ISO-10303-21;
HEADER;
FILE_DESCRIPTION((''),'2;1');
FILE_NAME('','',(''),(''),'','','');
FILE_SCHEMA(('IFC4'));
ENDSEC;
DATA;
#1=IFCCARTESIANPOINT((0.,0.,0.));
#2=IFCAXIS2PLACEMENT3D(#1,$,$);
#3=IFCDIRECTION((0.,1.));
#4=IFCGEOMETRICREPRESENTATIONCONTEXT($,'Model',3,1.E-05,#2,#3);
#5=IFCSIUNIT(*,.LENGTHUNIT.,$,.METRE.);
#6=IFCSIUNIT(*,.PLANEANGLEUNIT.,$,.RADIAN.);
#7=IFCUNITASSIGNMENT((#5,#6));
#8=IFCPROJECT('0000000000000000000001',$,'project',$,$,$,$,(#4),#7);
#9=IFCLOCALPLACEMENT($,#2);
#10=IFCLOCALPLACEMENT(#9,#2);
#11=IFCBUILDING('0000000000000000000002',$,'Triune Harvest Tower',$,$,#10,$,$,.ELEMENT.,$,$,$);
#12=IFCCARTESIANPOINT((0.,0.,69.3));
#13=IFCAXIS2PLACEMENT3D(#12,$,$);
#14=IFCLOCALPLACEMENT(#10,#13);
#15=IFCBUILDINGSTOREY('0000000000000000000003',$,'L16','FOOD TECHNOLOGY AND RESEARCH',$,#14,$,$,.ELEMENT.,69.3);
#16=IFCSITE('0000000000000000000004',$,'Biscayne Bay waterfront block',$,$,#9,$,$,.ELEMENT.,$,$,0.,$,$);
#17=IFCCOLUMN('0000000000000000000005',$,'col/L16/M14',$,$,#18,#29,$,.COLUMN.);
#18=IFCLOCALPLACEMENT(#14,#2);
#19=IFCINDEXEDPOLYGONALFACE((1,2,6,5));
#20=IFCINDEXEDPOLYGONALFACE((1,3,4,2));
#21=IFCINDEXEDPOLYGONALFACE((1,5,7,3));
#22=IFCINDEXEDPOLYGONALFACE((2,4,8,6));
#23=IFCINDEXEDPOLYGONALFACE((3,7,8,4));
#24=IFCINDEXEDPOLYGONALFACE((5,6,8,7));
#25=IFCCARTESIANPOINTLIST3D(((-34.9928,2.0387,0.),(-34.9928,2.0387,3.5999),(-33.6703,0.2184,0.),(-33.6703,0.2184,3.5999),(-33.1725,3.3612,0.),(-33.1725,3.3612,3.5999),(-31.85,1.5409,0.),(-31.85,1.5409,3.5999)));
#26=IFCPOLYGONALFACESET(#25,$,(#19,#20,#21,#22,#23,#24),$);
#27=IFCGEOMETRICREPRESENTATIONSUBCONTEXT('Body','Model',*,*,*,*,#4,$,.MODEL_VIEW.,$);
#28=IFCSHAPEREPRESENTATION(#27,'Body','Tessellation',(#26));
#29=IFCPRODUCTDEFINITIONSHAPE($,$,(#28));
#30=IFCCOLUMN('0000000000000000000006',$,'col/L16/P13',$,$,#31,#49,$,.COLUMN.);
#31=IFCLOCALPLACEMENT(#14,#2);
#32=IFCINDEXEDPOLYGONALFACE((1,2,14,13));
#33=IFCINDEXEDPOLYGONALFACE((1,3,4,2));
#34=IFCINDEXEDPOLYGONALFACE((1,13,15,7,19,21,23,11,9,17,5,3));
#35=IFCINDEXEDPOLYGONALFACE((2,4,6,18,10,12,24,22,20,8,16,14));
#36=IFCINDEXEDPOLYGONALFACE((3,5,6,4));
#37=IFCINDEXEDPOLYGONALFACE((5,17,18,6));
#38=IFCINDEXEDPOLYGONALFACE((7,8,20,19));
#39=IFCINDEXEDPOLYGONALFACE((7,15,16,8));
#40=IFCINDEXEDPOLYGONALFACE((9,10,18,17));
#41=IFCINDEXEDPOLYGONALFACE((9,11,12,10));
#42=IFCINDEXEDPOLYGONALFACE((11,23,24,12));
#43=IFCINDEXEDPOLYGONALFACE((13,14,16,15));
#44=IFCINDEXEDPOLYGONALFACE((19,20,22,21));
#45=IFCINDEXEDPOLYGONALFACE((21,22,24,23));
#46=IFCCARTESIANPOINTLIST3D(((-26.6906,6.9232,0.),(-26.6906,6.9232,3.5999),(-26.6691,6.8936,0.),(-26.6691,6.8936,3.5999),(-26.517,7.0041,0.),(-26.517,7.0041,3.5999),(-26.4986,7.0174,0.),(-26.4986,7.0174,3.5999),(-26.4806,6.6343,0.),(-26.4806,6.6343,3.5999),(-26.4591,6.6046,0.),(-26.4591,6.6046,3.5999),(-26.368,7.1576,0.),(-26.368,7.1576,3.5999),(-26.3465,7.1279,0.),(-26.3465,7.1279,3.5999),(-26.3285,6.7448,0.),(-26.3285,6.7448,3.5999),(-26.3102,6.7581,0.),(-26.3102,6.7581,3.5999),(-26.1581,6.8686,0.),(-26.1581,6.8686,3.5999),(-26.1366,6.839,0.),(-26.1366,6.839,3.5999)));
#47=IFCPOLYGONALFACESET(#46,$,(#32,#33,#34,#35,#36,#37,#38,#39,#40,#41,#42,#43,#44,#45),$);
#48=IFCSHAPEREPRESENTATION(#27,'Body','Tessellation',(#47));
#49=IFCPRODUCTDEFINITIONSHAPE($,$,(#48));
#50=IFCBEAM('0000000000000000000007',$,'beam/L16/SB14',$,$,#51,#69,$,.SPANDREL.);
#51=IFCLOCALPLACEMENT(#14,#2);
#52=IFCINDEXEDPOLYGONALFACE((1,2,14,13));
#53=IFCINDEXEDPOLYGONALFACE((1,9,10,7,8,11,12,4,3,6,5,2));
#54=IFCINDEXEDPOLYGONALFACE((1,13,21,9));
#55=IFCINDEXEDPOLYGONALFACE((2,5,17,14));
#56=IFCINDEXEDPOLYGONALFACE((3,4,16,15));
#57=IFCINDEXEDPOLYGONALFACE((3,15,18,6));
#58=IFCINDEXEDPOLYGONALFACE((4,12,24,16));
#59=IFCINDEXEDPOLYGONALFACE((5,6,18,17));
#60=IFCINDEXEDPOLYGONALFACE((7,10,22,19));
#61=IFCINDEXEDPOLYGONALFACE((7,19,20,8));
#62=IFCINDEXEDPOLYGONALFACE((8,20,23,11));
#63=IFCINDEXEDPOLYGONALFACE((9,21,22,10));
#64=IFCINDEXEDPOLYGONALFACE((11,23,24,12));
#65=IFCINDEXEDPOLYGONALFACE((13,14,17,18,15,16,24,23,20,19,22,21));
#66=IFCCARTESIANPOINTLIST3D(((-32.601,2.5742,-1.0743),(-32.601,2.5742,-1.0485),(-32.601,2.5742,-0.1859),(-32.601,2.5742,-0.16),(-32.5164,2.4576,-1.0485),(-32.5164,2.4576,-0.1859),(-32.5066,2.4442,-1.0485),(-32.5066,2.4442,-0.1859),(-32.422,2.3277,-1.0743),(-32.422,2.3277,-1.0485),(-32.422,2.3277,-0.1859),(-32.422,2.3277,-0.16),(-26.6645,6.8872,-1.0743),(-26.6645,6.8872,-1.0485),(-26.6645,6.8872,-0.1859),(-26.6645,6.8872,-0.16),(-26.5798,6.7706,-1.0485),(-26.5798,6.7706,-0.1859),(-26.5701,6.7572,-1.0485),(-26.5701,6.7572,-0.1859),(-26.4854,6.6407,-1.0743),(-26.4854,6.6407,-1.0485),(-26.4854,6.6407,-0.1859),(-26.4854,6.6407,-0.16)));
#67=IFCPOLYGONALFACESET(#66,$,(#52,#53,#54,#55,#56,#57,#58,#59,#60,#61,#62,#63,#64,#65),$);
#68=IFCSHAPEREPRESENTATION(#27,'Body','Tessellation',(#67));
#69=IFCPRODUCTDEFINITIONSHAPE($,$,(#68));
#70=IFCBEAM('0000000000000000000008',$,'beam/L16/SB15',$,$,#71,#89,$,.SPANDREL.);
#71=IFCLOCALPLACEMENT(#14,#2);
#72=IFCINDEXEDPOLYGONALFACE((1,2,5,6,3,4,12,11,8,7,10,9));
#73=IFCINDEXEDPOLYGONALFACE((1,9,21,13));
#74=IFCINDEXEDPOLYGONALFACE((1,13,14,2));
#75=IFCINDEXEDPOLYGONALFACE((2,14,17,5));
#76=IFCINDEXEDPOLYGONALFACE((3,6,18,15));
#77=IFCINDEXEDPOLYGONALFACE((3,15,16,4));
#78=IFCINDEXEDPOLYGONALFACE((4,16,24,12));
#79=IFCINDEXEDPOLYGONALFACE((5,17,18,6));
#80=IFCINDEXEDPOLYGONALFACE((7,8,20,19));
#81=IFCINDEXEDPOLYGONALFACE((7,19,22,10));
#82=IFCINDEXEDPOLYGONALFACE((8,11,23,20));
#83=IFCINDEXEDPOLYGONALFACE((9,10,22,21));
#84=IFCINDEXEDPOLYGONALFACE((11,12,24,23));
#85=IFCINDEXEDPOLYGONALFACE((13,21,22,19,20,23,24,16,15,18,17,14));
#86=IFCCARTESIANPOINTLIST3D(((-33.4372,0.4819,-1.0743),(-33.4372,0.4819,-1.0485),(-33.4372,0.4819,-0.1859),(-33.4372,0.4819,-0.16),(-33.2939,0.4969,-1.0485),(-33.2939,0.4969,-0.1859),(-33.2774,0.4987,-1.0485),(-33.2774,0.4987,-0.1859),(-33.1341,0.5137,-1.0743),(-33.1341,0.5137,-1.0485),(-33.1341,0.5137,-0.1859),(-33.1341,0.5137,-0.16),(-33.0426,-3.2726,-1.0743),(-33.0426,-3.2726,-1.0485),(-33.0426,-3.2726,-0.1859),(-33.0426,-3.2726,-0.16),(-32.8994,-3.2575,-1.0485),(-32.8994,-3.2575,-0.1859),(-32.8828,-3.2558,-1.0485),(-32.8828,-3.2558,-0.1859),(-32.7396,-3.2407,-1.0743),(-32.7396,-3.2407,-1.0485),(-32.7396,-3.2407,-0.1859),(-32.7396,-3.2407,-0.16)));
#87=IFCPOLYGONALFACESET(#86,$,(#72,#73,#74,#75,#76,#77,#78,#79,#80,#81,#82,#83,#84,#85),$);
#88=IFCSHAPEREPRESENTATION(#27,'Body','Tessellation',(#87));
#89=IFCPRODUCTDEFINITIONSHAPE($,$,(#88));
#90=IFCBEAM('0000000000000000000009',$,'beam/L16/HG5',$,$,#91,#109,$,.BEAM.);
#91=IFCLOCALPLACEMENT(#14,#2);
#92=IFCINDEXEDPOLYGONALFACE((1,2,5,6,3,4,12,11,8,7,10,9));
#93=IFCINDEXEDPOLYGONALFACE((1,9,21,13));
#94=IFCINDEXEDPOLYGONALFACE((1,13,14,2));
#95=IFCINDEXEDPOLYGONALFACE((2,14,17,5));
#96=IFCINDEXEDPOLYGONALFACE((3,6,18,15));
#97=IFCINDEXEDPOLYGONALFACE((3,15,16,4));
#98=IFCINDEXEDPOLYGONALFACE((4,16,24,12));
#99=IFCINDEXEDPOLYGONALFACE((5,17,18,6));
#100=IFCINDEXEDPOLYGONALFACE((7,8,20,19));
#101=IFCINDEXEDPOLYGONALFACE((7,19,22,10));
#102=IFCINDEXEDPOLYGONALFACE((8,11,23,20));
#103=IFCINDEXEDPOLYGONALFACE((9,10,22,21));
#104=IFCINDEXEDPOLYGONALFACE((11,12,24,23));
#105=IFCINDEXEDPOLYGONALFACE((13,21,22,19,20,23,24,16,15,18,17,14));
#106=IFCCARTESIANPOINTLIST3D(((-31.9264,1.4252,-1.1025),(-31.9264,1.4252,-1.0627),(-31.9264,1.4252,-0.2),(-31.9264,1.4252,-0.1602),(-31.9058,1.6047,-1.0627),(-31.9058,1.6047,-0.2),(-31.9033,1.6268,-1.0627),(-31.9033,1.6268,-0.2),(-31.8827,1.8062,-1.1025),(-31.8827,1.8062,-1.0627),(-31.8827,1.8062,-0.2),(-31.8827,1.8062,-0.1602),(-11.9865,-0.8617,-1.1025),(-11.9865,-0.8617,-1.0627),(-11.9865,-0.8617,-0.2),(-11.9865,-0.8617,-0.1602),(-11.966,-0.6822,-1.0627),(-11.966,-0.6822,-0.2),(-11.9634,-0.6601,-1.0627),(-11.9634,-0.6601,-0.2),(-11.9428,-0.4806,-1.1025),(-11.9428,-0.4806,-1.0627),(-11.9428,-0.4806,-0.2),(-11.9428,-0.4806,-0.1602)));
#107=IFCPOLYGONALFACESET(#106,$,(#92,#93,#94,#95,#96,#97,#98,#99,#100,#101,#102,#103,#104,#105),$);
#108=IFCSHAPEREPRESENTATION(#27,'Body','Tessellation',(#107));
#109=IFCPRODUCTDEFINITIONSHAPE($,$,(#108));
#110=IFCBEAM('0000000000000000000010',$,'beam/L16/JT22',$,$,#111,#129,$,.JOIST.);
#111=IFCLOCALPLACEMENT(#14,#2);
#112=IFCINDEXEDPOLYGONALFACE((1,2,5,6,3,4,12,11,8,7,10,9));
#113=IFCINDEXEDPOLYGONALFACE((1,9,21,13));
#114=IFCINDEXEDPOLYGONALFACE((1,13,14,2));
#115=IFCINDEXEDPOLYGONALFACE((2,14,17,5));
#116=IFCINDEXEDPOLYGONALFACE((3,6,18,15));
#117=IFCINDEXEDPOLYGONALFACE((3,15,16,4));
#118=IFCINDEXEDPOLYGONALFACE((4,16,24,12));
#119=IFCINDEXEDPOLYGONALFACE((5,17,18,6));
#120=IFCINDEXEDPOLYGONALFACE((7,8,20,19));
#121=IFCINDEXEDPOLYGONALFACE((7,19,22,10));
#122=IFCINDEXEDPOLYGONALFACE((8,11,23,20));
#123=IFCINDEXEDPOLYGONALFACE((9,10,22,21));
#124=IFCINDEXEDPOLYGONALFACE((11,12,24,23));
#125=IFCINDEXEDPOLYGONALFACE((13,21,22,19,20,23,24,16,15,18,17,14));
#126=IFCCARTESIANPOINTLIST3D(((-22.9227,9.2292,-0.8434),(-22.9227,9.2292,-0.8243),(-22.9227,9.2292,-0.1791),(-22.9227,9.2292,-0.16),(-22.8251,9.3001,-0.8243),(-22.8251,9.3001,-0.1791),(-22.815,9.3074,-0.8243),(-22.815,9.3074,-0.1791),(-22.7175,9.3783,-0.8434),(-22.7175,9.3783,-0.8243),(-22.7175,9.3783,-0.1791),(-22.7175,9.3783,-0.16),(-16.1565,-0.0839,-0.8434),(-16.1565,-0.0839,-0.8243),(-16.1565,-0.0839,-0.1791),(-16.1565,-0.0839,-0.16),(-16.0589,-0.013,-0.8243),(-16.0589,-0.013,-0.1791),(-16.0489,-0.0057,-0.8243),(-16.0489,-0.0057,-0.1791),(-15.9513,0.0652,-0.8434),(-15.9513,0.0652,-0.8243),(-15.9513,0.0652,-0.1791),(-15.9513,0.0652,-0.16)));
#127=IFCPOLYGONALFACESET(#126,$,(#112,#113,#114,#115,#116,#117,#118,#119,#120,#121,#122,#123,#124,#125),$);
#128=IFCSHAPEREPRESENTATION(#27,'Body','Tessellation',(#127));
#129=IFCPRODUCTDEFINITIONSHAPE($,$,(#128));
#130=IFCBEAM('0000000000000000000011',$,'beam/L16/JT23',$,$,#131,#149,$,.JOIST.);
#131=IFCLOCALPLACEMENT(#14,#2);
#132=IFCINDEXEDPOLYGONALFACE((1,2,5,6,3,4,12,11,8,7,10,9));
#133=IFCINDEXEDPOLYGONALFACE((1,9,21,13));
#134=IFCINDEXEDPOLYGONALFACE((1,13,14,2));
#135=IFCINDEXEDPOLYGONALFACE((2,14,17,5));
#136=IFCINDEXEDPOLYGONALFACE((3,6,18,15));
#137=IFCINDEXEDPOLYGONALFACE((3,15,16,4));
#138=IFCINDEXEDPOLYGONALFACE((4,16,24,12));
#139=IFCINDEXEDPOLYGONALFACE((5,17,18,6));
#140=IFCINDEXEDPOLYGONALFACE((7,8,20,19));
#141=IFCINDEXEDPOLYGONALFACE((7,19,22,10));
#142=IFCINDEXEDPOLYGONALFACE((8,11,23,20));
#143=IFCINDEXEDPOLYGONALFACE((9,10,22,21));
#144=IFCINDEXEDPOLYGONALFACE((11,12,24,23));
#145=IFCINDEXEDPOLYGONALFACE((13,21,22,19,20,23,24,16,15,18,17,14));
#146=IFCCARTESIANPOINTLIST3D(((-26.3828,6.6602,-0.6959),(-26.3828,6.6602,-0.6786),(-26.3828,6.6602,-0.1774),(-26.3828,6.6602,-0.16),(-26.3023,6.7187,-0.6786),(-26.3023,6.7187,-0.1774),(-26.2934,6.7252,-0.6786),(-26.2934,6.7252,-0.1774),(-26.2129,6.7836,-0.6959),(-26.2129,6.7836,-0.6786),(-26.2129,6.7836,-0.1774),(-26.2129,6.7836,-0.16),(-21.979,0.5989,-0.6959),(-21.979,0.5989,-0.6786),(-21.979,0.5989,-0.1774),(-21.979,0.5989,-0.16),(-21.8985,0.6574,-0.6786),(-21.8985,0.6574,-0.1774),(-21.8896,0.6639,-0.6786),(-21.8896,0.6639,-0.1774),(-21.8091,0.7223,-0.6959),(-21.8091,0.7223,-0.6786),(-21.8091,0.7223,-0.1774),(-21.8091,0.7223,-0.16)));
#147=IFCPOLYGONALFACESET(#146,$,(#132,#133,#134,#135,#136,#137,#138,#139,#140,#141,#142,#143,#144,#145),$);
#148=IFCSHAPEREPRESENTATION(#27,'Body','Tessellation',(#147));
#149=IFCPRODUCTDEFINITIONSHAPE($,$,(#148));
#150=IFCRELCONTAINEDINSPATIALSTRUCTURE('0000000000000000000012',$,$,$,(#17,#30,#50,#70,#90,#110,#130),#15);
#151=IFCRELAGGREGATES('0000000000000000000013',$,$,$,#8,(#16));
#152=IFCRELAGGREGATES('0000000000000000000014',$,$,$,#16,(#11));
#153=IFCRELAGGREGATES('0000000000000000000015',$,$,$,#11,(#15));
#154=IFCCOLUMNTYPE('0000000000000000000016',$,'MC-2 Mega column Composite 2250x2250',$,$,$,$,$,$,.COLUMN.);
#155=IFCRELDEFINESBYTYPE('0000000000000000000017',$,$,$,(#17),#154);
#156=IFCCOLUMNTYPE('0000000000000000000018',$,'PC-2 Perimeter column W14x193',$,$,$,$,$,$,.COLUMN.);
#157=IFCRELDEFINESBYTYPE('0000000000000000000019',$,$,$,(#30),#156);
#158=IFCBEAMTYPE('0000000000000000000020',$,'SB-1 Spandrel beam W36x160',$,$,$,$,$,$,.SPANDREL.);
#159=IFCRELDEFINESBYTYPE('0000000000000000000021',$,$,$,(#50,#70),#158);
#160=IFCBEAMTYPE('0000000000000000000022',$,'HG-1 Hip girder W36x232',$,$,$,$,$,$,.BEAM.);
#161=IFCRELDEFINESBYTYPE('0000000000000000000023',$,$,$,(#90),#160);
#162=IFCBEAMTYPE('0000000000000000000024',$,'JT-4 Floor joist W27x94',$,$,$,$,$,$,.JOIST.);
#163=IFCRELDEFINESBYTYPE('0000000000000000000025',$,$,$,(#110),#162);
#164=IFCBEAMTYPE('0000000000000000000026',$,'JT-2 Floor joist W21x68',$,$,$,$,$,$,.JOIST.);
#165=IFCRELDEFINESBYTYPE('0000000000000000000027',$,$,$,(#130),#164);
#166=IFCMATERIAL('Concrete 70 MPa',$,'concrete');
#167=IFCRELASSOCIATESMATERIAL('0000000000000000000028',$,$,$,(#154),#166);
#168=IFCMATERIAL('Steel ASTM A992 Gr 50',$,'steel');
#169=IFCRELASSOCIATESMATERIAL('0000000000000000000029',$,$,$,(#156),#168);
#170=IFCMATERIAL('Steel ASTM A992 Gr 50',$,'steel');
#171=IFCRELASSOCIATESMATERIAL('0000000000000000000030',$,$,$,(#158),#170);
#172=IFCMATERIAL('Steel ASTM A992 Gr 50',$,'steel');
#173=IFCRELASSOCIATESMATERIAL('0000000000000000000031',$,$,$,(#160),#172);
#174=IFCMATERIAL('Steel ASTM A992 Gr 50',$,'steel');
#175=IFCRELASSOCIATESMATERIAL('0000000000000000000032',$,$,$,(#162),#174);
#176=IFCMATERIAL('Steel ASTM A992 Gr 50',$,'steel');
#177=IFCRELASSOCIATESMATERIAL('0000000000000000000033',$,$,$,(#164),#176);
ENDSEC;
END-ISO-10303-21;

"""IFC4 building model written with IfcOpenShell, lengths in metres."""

from ifc_helpers import new_model, si_unit, direction, frame, origin, origin_2d, place, context, subcontext, project, spatial, rectangle, i_section, extrude, source, transform, mapped, material, material_profile, profile_set, type_object, element, save


model = new_model("IFC4")

# Units and contexts
model_context = context("Model", 3, precision=1e-05, world=origin(), true_north=direction((0.0, 1.0)))
body_context = subcontext(model_context, "Body", "Model", "MODEL_VIEW")
ifc_project = project(units=[si_unit("LENGTHUNIT", "METRE"), si_unit("PLANEANGLEUNIT", "RADIAN")], contexts=[model_context])

# Site, building, storey
site_placement = place(None, origin())
site = spatial("IfcSite", under=ifc_project, at=site_placement, Name="Biscayne Bay waterfront block", CompositionType="ELEMENT", RefElevation=0.0)
building_placement = place(site_placement, origin())
building = spatial("IfcBuilding", under=site, at=building_placement, Name="Triune Harvest Tower", CompositionType="ELEMENT")
storey_placement = place(building_placement, frame((0.0, 0.0, 69.3)))
storey = spatial("IfcBuildingStorey", under=building, at=storey_placement, Name="L16", Description="FOOD TECHNOLOGY AND RESEARCH", CompositionType="ELEMENT", Elevation=69.3)

# Columns
ifc_material_1 = material(Name="Concrete 70 MPa", Category="concrete")
ifc_material_profile_1 = material_profile(ifc_material_1, rectangle(XDim=2.25, YDim=2.25, at=origin_2d()), Name="Composite 2250x2250")
ifc_profile_set_1 = profile_set([ifc_material_profile_1], Name="Concrete 70 MPa")
column_type_1 = type_object("IfcColumnType", Name="MC-2 Mega column Composite 2250x2250", PredefinedType="COLUMN", material=ifc_profile_set_1)
shared_shape_1 = source(origin(), body_context, "Body", "SweptSolid", [
    extrude(rectangle(XDim=2.25, YDim=2.25, at=origin_2d()), origin(), (0.0, 0.0, 1.0), 3.5999),
])
column_1_placement = place(storey_placement, frame((-33.4214, 1.7898, 0.0), z_axis=(0.0, 0.0, 1.0), x_axis=(-0.809017, -0.587785, 0.0)))
element("IfcColumn", 1, at=column_1_placement, inside=storey, type_object=column_type_1, Name="col/L16/M14", PredefinedType="COLUMN", context=body_context, shape_type="MappedRepresentation", body=[
    mapped(shared_shape_1, transform((0.0, 0.0, 0.0), scale=1.0)),
])
ifc_material_2 = material(Name="Steel ASTM A992 Gr 50", Category="steel")
ifc_material_profile_2 = material_profile(ifc_material_2, i_section(OverallWidth=0.3987, OverallDepth=0.3938, WebThickness=0.0227, FlangeThickness=0.0366, at=origin_2d()), Name="W14x193")
ifc_profile_set_2 = profile_set([ifc_material_profile_2], Name="Steel ASTM A992 Gr 50")
column_type_2 = type_object("IfcColumnType", Name="PC-2 Perimeter column W14x193", PredefinedType="COLUMN", material=ifc_profile_set_2)
shared_shape_2 = source(origin(), body_context, "Body", "SweptSolid", [
    extrude(i_section(OverallWidth=0.3987, OverallDepth=0.3938, WebThickness=0.0227, FlangeThickness=0.0366, at=origin_2d()), origin(), (0.0, 0.0, 1.0), 3.5999),
])
column_2_placement = place(storey_placement, frame((-26.4136, 6.8811, 0.0), z_axis=(0.0, 0.0, 1.0), x_axis=(-0.809017, -0.587785, 0.0)))
element("IfcColumn", 2, at=column_2_placement, inside=storey, type_object=column_type_2, Name="col/L16/P13", PredefinedType="COLUMN", context=body_context, shape_type="MappedRepresentation", body=[
    mapped(shared_shape_2, transform((0.0, 0.0, 0.0), scale=1.0)),
])

# Beams
ifc_material_3 = material(Name="Steel ASTM A992 Gr 50", Category="steel")
ifc_material_profile_3 = material_profile(ifc_material_3, i_section(OverallWidth=0.3047, OverallDepth=0.9143, WebThickness=0.0166, FlangeThickness=0.0259, at=origin_2d()), Name="W36x160")
ifc_profile_set_3 = profile_set([ifc_material_profile_3], Name="Steel ASTM A992 Gr 50")
beam_type_1 = type_object("IfcBeamType", Name="SB-1 Spandrel beam W36x160", PredefinedType="SPANDREL", material=ifc_profile_set_3)
shared_shape_3 = source(origin(), body_context, "Body", "SweptSolid", [
    extrude(i_section(OverallWidth=0.3047, OverallDepth=0.9143, WebThickness=0.0166, FlangeThickness=0.0259, at=origin_2d()), origin(), (0.0, 0.0, 1.0), 7.3379),
])
beam_1_placement = place(storey_placement, frame((-26.575, 6.7639, -0.6172), z_axis=(-0.809027, -0.587772, 0.0), x_axis=(0.587772, -0.809027, 0.0)))
element("IfcBeam", 3, at=beam_1_placement, inside=storey, type_object=beam_type_1, Name="beam/L16/SB14", PredefinedType="SPANDREL", context=body_context, shape_type="MappedRepresentation", body=[
    mapped(shared_shape_3, transform((0.0, 0.0, 0.0), scale=1.0)),
])
shared_shape_4 = source(origin(), body_context, "Body", "SweptSolid", [
    extrude(i_section(OverallWidth=0.3047, OverallDepth=0.9143, WebThickness=0.0166, FlangeThickness=0.0259, at=origin_2d()), origin(), (0.0, 0.0, 1.0), 3.7751),
])
beam_2_placement = place(storey_placement, frame((-33.2856, 0.4978, -0.6172), z_axis=(0.10451, -0.994524, 0.0), x_axis=(0.994524, 0.10451, 0.0)))
element("IfcBeam", 4, at=beam_2_placement, inside=storey, type_object=beam_type_1, Name="beam/L16/SB15", PredefinedType="SPANDREL", context=body_context, shape_type="MappedRepresentation", body=[
    mapped(shared_shape_4, transform((0.0, 0.0, 0.0), scale=1.0)),
])
ifc_material_4 = material(Name="Steel ASTM A992 Gr 50", Category="steel")
ifc_material_profile_4 = material_profile(ifc_material_4, i_section(OverallWidth=0.3835, OverallDepth=0.9424, WebThickness=0.0222, FlangeThickness=0.0398, at=origin_2d()), Name="W36x232")
ifc_profile_set_4 = profile_set([ifc_material_profile_4], Name="Steel ASTM A992 Gr 50")
beam_type_2 = type_object("IfcBeamType", Name="HG-1 Hip girder W36x232", PredefinedType="BEAM", material=ifc_profile_set_4)
shared_shape_5 = source(origin(), body_context, "Body", "SweptSolid", [
    extrude(i_section(OverallWidth=0.3835, OverallDepth=0.9424, WebThickness=0.0222, FlangeThickness=0.0398, at=origin_2d()), origin(), (0.0, 0.0, 1.0), 20.0706),
])
beam_3_placement = place(storey_placement, frame((-31.9045, 1.6157, -0.6313), z_axis=(0.993488, -0.113941, 0.0), x_axis=(0.113941, 0.993488, 0.0)))
element("IfcBeam", 5, at=beam_3_placement, inside=storey, type_object=beam_type_2, Name="beam/L16/HG5", PredefinedType="BEAM", context=body_context, shape_type="MappedRepresentation", body=[
    mapped(shared_shape_5, transform((0.0, 0.0, 0.0), scale=1.0)),
])
ifc_material_5 = material(Name="Steel ASTM A992 Gr 50", Category="steel")
ifc_material_profile_5 = material_profile(ifc_material_5, i_section(OverallWidth=0.2537, OverallDepth=0.6833, WebThickness=0.0125, FlangeThickness=0.019, at=origin_2d()), Name="W27x94")
ifc_profile_set_5 = profile_set([ifc_material_profile_5], Name="Steel ASTM A992 Gr 50")
beam_type_3 = type_object("IfcBeamType", Name="JT-4 Floor joist W27x94", PredefinedType="JOIST", material=ifc_profile_set_5)
shared_shape_6 = source(origin(), body_context, "Body", "SweptSolid", [
    extrude(i_section(OverallWidth=0.2537, OverallDepth=0.6833, WebThickness=0.0125, FlangeThickness=0.019, at=origin_2d()), origin(), (0.0, 0.0, 1.0), 11.5115),
])
beam_4_placement = place(storey_placement, frame((-22.8201, 9.3037, -0.5017), z_axis=(0.587776, -0.809024, 0.0), x_axis=(0.809024, 0.587776, 0.0)))
element("IfcBeam", 6, at=beam_4_placement, inside=storey, type_object=beam_type_3, Name="beam/L16/JT22", PredefinedType="JOIST", context=body_context, shape_type="MappedRepresentation", body=[
    mapped(shared_shape_6, transform((0.0, 0.0, 0.0), scale=1.0)),
])
ifc_material_6 = material(Name="Steel ASTM A992 Gr 50", Category="steel")
ifc_material_profile_6 = material_profile(ifc_material_6, i_section(OverallWidth=0.21, OverallDepth=0.5359, WebThickness=0.011, FlangeThickness=0.0173, at=origin_2d()), Name="W21x68")
ifc_profile_set_6 = profile_set([ifc_material_profile_6], Name="Steel ASTM A992 Gr 50")
beam_type_4 = type_object("IfcBeamType", Name="JT-2 Floor joist W21x68", PredefinedType="JOIST", material=ifc_profile_set_6)
shared_shape_7 = source(origin(), body_context, "Body", "SweptSolid", [
    extrude(i_section(OverallWidth=0.21, OverallDepth=0.5359, WebThickness=0.011, FlangeThickness=0.0173, at=origin_2d()), origin(), (0.0, 0.0, 1.0), 7.4922),
])
beam_5_placement = place(storey_placement, frame((-26.2979, 6.7219, -0.428), z_axis=(0.587788, -0.809015, 0.0), x_axis=(0.809015, 0.587788, 0.0)))
element("IfcBeam", 7, at=beam_5_placement, inside=storey, type_object=beam_type_4, Name="beam/L16/JT23", PredefinedType="JOIST", context=body_context, shape_type="MappedRepresentation", body=[
    mapped(shared_shape_7, transform((0.0, 0.0, 0.0), scale=1.0)),
])

save(model, "model.ifc")
